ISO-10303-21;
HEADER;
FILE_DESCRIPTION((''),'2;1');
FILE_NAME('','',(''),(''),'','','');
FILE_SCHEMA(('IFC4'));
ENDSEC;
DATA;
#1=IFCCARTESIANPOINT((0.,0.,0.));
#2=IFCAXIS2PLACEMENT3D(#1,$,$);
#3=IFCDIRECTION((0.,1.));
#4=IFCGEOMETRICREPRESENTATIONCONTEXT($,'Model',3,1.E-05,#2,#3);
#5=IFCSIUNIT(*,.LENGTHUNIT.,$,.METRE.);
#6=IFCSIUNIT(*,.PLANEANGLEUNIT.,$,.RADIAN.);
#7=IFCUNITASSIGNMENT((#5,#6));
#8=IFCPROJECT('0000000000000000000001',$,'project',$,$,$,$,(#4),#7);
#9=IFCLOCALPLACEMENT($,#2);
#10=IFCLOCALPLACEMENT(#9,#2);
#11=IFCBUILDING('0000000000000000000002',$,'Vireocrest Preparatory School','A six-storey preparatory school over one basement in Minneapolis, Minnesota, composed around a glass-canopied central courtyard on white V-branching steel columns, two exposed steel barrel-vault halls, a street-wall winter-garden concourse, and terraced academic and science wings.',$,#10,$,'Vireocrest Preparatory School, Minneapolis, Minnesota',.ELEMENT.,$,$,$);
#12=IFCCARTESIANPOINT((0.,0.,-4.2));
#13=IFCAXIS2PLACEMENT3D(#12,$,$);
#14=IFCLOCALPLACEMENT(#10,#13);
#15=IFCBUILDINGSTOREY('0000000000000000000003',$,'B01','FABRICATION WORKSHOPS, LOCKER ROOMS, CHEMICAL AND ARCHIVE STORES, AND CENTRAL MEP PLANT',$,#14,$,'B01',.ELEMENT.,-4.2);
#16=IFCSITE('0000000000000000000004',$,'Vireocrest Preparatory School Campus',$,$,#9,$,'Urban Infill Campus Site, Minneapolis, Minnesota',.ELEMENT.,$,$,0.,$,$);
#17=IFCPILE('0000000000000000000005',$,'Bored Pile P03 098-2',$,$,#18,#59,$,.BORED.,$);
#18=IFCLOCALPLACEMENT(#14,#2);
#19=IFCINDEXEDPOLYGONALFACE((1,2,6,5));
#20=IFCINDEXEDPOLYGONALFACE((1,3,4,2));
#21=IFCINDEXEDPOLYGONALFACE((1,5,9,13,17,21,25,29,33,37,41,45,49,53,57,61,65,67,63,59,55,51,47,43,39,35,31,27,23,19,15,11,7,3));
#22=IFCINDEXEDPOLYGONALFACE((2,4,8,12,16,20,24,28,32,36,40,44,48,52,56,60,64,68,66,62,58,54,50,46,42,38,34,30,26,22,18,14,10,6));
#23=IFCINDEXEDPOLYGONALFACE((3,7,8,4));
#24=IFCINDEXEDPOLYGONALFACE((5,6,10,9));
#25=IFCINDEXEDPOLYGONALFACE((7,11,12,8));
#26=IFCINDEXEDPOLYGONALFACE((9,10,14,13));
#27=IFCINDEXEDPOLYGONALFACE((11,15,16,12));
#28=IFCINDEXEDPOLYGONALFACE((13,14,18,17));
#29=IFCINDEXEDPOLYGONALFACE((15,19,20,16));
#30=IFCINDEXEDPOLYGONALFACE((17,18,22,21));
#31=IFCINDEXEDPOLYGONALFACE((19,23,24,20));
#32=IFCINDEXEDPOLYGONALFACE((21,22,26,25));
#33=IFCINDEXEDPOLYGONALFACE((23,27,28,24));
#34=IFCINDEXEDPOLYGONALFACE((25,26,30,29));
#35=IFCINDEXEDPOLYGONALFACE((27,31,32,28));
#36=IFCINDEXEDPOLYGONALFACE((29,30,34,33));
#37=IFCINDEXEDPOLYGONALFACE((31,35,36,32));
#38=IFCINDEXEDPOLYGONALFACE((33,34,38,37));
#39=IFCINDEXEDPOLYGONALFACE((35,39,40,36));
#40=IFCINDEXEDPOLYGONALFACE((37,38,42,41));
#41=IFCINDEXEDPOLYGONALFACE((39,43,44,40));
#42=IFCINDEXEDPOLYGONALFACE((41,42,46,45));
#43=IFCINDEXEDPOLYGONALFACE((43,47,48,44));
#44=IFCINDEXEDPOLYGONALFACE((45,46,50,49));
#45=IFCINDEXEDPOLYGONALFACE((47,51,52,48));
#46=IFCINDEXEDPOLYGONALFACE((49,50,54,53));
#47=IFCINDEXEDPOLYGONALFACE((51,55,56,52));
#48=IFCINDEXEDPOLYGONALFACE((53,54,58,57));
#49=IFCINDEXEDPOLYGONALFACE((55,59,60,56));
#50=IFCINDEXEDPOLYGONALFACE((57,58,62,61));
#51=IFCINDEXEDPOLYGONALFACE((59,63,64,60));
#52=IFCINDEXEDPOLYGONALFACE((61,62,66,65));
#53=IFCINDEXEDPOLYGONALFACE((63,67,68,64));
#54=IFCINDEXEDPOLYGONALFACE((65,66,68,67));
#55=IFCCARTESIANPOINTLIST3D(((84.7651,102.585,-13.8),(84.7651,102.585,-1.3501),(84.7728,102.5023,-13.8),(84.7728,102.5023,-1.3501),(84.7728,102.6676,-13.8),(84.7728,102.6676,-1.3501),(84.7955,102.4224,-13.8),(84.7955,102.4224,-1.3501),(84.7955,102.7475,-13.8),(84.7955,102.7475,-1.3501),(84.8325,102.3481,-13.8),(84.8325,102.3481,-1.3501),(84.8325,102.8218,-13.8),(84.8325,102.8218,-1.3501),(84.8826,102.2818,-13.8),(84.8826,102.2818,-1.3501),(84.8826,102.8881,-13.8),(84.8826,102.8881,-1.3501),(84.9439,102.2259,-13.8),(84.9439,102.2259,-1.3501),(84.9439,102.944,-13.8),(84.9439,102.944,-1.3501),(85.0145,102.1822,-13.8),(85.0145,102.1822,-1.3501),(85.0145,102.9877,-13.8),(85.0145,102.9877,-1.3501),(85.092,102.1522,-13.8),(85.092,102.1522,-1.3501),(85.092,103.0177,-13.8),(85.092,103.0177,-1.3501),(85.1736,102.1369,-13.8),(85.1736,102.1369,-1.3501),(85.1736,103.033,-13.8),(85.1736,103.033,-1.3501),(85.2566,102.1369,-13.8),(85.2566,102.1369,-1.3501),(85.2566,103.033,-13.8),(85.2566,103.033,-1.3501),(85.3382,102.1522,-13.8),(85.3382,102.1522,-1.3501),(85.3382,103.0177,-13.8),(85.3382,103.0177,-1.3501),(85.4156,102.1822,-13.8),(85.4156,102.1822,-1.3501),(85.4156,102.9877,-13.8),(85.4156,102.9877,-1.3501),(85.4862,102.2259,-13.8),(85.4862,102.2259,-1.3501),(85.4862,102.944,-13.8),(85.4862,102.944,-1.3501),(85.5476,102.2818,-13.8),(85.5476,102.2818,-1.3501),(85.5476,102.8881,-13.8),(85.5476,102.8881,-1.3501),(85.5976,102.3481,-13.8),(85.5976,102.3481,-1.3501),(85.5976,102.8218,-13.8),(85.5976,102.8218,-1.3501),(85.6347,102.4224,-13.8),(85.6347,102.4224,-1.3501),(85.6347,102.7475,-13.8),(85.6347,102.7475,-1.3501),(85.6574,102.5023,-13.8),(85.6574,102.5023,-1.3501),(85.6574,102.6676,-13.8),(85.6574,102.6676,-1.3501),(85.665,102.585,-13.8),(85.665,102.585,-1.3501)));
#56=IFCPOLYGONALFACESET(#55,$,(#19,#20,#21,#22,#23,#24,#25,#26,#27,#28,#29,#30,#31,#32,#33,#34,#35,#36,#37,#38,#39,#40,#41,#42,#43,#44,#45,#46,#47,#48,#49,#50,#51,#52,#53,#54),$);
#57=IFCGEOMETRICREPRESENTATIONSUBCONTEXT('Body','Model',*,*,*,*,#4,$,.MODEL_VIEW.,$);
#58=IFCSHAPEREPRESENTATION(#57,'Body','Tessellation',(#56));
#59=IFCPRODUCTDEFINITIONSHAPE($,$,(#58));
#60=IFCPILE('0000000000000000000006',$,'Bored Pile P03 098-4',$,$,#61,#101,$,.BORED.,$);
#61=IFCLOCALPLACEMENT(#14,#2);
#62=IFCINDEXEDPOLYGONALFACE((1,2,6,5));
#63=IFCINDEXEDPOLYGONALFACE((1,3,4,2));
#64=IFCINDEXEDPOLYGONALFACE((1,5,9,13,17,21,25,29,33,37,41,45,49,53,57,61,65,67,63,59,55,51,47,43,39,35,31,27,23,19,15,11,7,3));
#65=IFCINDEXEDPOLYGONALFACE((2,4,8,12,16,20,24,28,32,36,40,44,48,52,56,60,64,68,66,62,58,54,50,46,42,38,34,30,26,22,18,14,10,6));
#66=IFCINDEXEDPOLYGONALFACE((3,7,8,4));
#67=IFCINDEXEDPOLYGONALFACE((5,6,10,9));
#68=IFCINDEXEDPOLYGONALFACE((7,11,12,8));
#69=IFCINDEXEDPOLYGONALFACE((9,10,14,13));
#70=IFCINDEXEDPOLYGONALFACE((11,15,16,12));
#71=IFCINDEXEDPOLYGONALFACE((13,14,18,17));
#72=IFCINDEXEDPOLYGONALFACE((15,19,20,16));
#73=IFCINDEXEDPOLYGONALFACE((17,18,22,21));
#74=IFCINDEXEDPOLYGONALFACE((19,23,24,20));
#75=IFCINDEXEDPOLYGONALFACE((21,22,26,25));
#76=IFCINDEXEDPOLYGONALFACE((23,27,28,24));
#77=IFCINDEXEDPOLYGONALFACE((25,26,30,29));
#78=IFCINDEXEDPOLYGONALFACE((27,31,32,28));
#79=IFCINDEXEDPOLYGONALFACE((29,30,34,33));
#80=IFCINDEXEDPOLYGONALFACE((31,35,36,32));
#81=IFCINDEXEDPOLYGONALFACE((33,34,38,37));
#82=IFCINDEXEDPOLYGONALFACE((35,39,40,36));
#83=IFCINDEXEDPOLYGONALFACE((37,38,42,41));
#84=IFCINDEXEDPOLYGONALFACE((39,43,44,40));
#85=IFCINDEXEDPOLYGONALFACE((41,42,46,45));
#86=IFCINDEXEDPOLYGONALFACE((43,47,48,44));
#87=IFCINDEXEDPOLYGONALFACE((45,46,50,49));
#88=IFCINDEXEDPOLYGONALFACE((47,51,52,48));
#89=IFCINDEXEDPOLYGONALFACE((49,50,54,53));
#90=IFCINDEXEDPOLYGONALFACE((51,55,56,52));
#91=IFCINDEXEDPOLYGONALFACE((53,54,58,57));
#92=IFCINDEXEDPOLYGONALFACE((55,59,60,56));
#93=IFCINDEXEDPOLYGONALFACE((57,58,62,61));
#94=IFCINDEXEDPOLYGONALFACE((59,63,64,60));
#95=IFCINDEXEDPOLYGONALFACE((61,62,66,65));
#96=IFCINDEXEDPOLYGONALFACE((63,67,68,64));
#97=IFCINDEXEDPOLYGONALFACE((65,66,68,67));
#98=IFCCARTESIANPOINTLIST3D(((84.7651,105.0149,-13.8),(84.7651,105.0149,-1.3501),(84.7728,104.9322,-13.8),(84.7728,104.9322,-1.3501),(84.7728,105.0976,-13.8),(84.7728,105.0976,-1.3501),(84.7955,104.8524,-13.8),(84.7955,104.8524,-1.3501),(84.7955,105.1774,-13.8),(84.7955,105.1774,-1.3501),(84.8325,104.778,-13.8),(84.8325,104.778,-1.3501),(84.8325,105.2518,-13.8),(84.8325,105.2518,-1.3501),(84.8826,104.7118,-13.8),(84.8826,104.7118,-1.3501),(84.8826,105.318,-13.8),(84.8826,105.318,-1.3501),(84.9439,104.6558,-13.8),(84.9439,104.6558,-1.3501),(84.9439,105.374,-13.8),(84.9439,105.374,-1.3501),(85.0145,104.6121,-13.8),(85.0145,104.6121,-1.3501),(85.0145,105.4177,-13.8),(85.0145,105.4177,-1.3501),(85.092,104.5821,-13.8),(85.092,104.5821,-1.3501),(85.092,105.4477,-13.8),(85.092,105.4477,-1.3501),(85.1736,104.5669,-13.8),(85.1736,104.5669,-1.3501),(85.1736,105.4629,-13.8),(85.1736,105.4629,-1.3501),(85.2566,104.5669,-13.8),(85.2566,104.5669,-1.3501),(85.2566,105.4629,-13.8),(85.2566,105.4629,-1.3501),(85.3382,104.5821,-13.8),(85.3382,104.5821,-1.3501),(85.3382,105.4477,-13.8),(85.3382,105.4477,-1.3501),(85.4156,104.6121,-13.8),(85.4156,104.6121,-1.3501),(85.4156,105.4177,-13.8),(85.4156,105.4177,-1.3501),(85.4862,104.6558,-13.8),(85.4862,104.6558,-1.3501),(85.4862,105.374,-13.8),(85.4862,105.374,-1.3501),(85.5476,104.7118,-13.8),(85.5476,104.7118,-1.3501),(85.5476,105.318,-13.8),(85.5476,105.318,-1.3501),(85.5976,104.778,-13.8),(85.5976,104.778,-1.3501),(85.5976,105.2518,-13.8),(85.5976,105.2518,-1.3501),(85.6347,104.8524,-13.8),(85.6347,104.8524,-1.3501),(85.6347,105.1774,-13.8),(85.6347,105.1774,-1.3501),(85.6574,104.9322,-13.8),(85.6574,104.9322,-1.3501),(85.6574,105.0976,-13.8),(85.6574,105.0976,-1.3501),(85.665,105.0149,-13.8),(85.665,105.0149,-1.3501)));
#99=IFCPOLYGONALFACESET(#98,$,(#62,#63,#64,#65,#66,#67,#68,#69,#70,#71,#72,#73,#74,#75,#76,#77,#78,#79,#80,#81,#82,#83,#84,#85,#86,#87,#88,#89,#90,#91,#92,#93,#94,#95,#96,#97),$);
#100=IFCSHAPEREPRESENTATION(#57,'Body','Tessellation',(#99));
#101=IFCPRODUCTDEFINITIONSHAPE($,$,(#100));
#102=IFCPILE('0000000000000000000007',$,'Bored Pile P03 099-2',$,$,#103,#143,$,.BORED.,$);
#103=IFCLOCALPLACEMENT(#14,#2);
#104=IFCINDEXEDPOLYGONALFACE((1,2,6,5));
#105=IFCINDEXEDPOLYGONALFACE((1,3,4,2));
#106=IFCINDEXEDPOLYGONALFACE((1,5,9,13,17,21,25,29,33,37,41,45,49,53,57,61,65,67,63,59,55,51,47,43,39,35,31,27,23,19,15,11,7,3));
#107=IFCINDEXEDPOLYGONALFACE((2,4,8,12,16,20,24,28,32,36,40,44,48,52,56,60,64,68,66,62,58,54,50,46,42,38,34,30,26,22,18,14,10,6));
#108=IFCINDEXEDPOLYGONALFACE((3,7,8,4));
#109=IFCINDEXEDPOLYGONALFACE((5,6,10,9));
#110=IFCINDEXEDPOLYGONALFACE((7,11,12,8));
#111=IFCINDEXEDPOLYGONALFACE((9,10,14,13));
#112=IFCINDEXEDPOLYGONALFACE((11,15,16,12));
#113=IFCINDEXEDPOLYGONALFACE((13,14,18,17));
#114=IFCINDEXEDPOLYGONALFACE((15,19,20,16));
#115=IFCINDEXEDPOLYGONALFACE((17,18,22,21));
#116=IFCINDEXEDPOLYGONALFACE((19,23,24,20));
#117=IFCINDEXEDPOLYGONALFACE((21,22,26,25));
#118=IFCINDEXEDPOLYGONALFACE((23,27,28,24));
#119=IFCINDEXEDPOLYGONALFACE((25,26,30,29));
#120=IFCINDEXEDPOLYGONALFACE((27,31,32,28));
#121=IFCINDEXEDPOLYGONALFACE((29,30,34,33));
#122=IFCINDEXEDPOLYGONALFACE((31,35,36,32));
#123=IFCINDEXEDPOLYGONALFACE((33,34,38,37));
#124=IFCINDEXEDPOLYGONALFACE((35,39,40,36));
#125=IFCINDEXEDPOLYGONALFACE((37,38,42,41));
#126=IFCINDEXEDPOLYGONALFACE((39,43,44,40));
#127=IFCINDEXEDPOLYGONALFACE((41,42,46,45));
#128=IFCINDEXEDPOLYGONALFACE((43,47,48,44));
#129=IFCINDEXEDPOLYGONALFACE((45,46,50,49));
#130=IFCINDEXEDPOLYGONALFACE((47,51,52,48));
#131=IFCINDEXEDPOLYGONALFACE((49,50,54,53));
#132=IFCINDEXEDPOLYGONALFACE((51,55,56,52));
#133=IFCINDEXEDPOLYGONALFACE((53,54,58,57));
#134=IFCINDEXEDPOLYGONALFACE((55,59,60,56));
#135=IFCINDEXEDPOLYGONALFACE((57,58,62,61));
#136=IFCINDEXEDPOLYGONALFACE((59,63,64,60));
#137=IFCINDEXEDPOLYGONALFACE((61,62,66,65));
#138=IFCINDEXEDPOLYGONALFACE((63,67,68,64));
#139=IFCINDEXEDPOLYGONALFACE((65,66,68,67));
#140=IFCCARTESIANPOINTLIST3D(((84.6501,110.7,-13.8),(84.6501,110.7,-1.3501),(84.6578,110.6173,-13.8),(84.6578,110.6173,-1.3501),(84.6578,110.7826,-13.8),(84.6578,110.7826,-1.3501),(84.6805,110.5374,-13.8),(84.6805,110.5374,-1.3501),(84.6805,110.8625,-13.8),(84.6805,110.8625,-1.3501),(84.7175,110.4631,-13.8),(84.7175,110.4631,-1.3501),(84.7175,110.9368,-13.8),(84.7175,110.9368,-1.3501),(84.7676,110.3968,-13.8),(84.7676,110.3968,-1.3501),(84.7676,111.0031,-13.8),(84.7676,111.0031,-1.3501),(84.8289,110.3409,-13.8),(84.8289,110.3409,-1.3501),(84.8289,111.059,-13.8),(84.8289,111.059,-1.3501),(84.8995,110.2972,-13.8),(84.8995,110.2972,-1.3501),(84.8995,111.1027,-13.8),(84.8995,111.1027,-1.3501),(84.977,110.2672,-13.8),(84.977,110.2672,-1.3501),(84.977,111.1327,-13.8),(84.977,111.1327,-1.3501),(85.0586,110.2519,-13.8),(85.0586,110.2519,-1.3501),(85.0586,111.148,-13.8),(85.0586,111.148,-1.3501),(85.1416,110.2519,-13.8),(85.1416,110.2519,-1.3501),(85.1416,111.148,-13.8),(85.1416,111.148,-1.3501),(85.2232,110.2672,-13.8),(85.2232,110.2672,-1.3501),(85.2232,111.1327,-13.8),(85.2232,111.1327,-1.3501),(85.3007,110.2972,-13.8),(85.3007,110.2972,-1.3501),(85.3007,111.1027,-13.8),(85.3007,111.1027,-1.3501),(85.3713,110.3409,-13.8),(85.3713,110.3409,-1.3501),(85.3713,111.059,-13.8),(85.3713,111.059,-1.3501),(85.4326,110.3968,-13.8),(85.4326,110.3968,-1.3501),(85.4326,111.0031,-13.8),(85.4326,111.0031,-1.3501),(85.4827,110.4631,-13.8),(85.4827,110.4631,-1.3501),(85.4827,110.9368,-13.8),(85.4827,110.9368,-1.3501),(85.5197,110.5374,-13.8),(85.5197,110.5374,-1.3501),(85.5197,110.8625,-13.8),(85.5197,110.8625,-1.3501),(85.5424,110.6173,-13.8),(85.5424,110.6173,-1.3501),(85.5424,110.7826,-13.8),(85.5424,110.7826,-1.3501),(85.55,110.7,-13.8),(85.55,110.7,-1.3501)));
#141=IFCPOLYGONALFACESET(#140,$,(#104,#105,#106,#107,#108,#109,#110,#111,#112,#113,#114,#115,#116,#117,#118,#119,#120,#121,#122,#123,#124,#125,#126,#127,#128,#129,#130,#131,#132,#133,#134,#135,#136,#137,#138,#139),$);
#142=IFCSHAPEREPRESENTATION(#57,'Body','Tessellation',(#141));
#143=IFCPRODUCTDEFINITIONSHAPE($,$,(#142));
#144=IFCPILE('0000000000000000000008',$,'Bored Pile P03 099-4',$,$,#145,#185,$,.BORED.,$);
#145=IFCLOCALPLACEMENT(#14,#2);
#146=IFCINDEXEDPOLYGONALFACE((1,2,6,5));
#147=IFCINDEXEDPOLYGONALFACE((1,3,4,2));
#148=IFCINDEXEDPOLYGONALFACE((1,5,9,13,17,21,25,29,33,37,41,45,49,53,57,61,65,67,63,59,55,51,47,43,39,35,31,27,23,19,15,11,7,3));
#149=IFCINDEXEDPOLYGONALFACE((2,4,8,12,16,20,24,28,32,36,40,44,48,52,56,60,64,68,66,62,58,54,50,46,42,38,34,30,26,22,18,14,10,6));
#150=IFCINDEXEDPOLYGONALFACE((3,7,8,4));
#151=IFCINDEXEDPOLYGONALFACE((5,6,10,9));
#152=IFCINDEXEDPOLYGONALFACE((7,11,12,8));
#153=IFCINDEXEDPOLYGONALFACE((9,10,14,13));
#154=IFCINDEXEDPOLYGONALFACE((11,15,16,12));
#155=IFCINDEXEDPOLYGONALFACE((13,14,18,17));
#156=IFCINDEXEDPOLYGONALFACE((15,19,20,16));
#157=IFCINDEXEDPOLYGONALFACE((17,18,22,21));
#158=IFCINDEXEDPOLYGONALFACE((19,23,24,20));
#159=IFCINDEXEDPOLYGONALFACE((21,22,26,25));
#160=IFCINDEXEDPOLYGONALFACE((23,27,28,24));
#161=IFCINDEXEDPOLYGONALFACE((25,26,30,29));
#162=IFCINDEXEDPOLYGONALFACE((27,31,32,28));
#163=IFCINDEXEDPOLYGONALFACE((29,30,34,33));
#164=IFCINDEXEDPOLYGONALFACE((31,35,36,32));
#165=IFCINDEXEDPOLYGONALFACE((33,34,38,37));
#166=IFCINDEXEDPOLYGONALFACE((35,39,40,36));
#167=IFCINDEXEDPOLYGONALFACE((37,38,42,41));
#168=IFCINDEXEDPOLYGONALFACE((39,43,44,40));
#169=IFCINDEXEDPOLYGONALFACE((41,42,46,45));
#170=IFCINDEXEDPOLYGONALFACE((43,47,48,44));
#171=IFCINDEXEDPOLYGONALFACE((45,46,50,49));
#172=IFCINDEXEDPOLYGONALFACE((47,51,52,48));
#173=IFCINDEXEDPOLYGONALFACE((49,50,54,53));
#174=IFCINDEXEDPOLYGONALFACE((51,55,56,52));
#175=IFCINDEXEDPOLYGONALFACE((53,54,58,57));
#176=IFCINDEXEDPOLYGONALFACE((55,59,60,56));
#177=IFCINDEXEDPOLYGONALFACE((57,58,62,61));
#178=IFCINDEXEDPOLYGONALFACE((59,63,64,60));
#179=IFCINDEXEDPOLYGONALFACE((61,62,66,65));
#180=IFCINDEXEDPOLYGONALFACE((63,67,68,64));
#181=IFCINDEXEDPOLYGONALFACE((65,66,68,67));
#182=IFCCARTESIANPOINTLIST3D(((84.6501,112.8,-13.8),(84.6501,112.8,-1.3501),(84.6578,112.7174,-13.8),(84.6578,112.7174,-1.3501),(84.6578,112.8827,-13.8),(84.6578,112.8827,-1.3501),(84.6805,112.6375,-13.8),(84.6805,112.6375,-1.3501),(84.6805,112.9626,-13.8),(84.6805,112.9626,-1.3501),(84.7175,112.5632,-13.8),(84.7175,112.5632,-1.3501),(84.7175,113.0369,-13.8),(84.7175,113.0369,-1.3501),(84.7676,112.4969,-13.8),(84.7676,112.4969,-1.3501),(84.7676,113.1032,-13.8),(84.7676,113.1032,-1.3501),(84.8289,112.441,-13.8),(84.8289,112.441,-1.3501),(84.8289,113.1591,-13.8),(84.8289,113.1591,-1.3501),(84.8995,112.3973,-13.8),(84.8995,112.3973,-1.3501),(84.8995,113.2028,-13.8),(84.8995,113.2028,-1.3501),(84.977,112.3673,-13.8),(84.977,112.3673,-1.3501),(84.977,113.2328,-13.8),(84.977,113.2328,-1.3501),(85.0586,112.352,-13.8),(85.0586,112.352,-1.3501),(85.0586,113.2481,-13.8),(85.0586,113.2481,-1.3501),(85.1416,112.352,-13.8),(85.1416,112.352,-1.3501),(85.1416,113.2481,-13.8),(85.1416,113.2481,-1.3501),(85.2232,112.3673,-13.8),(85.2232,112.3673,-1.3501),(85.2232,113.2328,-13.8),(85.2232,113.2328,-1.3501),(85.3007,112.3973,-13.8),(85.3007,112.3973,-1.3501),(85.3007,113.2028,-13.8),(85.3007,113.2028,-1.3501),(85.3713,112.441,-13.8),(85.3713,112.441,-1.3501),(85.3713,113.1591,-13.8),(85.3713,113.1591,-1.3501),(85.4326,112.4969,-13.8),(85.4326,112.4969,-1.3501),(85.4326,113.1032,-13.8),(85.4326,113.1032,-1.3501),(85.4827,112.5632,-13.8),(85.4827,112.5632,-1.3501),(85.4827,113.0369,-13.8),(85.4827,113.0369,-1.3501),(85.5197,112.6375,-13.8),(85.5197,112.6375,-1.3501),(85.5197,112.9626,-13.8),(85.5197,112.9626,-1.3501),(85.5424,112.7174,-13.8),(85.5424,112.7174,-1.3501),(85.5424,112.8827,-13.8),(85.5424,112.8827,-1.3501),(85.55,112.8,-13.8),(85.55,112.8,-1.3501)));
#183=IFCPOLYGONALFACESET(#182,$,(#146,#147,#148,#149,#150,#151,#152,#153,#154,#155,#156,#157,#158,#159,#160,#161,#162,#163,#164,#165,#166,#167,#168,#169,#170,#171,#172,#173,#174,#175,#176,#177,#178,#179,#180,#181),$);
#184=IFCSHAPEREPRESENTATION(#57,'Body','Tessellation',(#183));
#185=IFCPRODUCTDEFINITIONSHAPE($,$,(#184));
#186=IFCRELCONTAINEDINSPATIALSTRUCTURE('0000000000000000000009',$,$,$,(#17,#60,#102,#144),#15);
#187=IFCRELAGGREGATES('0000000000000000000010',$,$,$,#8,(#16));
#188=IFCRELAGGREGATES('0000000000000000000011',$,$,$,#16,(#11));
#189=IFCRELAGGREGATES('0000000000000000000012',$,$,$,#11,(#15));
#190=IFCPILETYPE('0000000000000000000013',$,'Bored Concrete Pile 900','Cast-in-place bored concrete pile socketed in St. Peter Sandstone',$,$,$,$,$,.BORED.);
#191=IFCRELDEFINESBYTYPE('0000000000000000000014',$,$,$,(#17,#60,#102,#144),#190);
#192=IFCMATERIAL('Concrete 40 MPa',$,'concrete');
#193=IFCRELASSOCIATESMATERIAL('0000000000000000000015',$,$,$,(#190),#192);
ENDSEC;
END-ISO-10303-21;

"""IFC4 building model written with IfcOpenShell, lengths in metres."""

from ifc_helpers import new_model, si_unit, direction, frame, origin, origin_2d, place, context, subcontext, project, spatial, circle, extrude, material, material_profile, profile_set, type_object, element, save


model = new_model("IFC4")

# Units and contexts
model_context = context("Model", 3, precision=1e-05, world=origin(), true_north=direction((0.0, 1.0)))
body_context = subcontext(model_context, "Body", "Model", "MODEL_VIEW")
ifc_project = project(units=[si_unit("LENGTHUNIT", "METRE"), si_unit("PLANEANGLEUNIT", "RADIAN")], contexts=[model_context])

# Site, building, storey
site_placement = place(None, origin())
site = spatial("IfcSite", under=ifc_project, at=site_placement, Name="Vireocrest Preparatory School Campus", LongName="Urban Infill Campus Site, Minneapolis, Minnesota", CompositionType="ELEMENT", RefElevation=0.0)
building_placement = place(site_placement, origin())
building = spatial("IfcBuilding", under=site, at=building_placement, Name="Vireocrest Preparatory School", Description="A six-storey preparatory school over one basement in Minneapolis, Minnesota, composed around a glass-canopied central courtyard on white V-branching steel columns, two exposed steel barrel-vault halls, a street-wall winter-garden concourse, and terraced academic and science wings.", LongName="Vireocrest Preparatory School, Minneapolis, Minnesota", CompositionType="ELEMENT")
storey_placement = place(building_placement, frame((0.0, 0.0, -4.2)))
storey = spatial("IfcBuildingStorey", under=building, at=storey_placement, Name="B01", Description="FABRICATION WORKSHOPS, LOCKER ROOMS, CHEMICAL AND ARCHIVE STORES, AND CENTRAL MEP PLANT", LongName="B01", CompositionType="ELEMENT", Elevation=-4.2)

# Piles
ifc_material_1 = material(Name="Concrete 40 MPa", Category="concrete")
ifc_material_profile_1 = material_profile(ifc_material_1, circle(Radius=0.45, at=origin_2d()), Name="BORED PILE 900")
ifc_profile_set_1 = profile_set([ifc_material_profile_1], Name="Concrete 40 MPa")
pile_type_1 = type_object("IfcPileType", Name="Bored Concrete Pile 900", Description="Cast-in-place bored concrete pile socketed in St. Peter Sandstone", PredefinedType="BORED", material=ifc_profile_set_1)
for number, where, z_axis, x_axis, name in (
    (1, (85.2151, 102.585, -1.3501), (0.0, 0.0, -1.0), (1.0, 0.0, 0.0), "Bored Pile P03 098-2"),
    (2, (85.2151, 105.0149, -1.3501), (0.0, 0.0, -1.0), (1.0, 0.0, 0.0), "Bored Pile P03 098-4"),
    (3, (85.1001, 110.7, -1.3501), (0.0, 0.0, -1.0), (1.0, 0.0, 0.0), "Bored Pile P03 099-2"),
    (4, (85.1001, 112.8, -1.3501), (0.0, 0.0, -1.0), (1.0, 0.0, 0.0), "Bored Pile P03 099-4"),
):
    element("IfcPile", number, at=place(storey_placement, frame(where, z_axis=z_axis, x_axis=x_axis)), inside=storey, type_object=pile_type_1, Name=name, PredefinedType="BORED", context=body_context, shape_type="SweptSolid", body=[
        extrude(circle(Radius=0.45, at=origin_2d()), origin(), (0.0, 0.0, 1.0), 12.45),
    ])

save(model, "model.ifc")
